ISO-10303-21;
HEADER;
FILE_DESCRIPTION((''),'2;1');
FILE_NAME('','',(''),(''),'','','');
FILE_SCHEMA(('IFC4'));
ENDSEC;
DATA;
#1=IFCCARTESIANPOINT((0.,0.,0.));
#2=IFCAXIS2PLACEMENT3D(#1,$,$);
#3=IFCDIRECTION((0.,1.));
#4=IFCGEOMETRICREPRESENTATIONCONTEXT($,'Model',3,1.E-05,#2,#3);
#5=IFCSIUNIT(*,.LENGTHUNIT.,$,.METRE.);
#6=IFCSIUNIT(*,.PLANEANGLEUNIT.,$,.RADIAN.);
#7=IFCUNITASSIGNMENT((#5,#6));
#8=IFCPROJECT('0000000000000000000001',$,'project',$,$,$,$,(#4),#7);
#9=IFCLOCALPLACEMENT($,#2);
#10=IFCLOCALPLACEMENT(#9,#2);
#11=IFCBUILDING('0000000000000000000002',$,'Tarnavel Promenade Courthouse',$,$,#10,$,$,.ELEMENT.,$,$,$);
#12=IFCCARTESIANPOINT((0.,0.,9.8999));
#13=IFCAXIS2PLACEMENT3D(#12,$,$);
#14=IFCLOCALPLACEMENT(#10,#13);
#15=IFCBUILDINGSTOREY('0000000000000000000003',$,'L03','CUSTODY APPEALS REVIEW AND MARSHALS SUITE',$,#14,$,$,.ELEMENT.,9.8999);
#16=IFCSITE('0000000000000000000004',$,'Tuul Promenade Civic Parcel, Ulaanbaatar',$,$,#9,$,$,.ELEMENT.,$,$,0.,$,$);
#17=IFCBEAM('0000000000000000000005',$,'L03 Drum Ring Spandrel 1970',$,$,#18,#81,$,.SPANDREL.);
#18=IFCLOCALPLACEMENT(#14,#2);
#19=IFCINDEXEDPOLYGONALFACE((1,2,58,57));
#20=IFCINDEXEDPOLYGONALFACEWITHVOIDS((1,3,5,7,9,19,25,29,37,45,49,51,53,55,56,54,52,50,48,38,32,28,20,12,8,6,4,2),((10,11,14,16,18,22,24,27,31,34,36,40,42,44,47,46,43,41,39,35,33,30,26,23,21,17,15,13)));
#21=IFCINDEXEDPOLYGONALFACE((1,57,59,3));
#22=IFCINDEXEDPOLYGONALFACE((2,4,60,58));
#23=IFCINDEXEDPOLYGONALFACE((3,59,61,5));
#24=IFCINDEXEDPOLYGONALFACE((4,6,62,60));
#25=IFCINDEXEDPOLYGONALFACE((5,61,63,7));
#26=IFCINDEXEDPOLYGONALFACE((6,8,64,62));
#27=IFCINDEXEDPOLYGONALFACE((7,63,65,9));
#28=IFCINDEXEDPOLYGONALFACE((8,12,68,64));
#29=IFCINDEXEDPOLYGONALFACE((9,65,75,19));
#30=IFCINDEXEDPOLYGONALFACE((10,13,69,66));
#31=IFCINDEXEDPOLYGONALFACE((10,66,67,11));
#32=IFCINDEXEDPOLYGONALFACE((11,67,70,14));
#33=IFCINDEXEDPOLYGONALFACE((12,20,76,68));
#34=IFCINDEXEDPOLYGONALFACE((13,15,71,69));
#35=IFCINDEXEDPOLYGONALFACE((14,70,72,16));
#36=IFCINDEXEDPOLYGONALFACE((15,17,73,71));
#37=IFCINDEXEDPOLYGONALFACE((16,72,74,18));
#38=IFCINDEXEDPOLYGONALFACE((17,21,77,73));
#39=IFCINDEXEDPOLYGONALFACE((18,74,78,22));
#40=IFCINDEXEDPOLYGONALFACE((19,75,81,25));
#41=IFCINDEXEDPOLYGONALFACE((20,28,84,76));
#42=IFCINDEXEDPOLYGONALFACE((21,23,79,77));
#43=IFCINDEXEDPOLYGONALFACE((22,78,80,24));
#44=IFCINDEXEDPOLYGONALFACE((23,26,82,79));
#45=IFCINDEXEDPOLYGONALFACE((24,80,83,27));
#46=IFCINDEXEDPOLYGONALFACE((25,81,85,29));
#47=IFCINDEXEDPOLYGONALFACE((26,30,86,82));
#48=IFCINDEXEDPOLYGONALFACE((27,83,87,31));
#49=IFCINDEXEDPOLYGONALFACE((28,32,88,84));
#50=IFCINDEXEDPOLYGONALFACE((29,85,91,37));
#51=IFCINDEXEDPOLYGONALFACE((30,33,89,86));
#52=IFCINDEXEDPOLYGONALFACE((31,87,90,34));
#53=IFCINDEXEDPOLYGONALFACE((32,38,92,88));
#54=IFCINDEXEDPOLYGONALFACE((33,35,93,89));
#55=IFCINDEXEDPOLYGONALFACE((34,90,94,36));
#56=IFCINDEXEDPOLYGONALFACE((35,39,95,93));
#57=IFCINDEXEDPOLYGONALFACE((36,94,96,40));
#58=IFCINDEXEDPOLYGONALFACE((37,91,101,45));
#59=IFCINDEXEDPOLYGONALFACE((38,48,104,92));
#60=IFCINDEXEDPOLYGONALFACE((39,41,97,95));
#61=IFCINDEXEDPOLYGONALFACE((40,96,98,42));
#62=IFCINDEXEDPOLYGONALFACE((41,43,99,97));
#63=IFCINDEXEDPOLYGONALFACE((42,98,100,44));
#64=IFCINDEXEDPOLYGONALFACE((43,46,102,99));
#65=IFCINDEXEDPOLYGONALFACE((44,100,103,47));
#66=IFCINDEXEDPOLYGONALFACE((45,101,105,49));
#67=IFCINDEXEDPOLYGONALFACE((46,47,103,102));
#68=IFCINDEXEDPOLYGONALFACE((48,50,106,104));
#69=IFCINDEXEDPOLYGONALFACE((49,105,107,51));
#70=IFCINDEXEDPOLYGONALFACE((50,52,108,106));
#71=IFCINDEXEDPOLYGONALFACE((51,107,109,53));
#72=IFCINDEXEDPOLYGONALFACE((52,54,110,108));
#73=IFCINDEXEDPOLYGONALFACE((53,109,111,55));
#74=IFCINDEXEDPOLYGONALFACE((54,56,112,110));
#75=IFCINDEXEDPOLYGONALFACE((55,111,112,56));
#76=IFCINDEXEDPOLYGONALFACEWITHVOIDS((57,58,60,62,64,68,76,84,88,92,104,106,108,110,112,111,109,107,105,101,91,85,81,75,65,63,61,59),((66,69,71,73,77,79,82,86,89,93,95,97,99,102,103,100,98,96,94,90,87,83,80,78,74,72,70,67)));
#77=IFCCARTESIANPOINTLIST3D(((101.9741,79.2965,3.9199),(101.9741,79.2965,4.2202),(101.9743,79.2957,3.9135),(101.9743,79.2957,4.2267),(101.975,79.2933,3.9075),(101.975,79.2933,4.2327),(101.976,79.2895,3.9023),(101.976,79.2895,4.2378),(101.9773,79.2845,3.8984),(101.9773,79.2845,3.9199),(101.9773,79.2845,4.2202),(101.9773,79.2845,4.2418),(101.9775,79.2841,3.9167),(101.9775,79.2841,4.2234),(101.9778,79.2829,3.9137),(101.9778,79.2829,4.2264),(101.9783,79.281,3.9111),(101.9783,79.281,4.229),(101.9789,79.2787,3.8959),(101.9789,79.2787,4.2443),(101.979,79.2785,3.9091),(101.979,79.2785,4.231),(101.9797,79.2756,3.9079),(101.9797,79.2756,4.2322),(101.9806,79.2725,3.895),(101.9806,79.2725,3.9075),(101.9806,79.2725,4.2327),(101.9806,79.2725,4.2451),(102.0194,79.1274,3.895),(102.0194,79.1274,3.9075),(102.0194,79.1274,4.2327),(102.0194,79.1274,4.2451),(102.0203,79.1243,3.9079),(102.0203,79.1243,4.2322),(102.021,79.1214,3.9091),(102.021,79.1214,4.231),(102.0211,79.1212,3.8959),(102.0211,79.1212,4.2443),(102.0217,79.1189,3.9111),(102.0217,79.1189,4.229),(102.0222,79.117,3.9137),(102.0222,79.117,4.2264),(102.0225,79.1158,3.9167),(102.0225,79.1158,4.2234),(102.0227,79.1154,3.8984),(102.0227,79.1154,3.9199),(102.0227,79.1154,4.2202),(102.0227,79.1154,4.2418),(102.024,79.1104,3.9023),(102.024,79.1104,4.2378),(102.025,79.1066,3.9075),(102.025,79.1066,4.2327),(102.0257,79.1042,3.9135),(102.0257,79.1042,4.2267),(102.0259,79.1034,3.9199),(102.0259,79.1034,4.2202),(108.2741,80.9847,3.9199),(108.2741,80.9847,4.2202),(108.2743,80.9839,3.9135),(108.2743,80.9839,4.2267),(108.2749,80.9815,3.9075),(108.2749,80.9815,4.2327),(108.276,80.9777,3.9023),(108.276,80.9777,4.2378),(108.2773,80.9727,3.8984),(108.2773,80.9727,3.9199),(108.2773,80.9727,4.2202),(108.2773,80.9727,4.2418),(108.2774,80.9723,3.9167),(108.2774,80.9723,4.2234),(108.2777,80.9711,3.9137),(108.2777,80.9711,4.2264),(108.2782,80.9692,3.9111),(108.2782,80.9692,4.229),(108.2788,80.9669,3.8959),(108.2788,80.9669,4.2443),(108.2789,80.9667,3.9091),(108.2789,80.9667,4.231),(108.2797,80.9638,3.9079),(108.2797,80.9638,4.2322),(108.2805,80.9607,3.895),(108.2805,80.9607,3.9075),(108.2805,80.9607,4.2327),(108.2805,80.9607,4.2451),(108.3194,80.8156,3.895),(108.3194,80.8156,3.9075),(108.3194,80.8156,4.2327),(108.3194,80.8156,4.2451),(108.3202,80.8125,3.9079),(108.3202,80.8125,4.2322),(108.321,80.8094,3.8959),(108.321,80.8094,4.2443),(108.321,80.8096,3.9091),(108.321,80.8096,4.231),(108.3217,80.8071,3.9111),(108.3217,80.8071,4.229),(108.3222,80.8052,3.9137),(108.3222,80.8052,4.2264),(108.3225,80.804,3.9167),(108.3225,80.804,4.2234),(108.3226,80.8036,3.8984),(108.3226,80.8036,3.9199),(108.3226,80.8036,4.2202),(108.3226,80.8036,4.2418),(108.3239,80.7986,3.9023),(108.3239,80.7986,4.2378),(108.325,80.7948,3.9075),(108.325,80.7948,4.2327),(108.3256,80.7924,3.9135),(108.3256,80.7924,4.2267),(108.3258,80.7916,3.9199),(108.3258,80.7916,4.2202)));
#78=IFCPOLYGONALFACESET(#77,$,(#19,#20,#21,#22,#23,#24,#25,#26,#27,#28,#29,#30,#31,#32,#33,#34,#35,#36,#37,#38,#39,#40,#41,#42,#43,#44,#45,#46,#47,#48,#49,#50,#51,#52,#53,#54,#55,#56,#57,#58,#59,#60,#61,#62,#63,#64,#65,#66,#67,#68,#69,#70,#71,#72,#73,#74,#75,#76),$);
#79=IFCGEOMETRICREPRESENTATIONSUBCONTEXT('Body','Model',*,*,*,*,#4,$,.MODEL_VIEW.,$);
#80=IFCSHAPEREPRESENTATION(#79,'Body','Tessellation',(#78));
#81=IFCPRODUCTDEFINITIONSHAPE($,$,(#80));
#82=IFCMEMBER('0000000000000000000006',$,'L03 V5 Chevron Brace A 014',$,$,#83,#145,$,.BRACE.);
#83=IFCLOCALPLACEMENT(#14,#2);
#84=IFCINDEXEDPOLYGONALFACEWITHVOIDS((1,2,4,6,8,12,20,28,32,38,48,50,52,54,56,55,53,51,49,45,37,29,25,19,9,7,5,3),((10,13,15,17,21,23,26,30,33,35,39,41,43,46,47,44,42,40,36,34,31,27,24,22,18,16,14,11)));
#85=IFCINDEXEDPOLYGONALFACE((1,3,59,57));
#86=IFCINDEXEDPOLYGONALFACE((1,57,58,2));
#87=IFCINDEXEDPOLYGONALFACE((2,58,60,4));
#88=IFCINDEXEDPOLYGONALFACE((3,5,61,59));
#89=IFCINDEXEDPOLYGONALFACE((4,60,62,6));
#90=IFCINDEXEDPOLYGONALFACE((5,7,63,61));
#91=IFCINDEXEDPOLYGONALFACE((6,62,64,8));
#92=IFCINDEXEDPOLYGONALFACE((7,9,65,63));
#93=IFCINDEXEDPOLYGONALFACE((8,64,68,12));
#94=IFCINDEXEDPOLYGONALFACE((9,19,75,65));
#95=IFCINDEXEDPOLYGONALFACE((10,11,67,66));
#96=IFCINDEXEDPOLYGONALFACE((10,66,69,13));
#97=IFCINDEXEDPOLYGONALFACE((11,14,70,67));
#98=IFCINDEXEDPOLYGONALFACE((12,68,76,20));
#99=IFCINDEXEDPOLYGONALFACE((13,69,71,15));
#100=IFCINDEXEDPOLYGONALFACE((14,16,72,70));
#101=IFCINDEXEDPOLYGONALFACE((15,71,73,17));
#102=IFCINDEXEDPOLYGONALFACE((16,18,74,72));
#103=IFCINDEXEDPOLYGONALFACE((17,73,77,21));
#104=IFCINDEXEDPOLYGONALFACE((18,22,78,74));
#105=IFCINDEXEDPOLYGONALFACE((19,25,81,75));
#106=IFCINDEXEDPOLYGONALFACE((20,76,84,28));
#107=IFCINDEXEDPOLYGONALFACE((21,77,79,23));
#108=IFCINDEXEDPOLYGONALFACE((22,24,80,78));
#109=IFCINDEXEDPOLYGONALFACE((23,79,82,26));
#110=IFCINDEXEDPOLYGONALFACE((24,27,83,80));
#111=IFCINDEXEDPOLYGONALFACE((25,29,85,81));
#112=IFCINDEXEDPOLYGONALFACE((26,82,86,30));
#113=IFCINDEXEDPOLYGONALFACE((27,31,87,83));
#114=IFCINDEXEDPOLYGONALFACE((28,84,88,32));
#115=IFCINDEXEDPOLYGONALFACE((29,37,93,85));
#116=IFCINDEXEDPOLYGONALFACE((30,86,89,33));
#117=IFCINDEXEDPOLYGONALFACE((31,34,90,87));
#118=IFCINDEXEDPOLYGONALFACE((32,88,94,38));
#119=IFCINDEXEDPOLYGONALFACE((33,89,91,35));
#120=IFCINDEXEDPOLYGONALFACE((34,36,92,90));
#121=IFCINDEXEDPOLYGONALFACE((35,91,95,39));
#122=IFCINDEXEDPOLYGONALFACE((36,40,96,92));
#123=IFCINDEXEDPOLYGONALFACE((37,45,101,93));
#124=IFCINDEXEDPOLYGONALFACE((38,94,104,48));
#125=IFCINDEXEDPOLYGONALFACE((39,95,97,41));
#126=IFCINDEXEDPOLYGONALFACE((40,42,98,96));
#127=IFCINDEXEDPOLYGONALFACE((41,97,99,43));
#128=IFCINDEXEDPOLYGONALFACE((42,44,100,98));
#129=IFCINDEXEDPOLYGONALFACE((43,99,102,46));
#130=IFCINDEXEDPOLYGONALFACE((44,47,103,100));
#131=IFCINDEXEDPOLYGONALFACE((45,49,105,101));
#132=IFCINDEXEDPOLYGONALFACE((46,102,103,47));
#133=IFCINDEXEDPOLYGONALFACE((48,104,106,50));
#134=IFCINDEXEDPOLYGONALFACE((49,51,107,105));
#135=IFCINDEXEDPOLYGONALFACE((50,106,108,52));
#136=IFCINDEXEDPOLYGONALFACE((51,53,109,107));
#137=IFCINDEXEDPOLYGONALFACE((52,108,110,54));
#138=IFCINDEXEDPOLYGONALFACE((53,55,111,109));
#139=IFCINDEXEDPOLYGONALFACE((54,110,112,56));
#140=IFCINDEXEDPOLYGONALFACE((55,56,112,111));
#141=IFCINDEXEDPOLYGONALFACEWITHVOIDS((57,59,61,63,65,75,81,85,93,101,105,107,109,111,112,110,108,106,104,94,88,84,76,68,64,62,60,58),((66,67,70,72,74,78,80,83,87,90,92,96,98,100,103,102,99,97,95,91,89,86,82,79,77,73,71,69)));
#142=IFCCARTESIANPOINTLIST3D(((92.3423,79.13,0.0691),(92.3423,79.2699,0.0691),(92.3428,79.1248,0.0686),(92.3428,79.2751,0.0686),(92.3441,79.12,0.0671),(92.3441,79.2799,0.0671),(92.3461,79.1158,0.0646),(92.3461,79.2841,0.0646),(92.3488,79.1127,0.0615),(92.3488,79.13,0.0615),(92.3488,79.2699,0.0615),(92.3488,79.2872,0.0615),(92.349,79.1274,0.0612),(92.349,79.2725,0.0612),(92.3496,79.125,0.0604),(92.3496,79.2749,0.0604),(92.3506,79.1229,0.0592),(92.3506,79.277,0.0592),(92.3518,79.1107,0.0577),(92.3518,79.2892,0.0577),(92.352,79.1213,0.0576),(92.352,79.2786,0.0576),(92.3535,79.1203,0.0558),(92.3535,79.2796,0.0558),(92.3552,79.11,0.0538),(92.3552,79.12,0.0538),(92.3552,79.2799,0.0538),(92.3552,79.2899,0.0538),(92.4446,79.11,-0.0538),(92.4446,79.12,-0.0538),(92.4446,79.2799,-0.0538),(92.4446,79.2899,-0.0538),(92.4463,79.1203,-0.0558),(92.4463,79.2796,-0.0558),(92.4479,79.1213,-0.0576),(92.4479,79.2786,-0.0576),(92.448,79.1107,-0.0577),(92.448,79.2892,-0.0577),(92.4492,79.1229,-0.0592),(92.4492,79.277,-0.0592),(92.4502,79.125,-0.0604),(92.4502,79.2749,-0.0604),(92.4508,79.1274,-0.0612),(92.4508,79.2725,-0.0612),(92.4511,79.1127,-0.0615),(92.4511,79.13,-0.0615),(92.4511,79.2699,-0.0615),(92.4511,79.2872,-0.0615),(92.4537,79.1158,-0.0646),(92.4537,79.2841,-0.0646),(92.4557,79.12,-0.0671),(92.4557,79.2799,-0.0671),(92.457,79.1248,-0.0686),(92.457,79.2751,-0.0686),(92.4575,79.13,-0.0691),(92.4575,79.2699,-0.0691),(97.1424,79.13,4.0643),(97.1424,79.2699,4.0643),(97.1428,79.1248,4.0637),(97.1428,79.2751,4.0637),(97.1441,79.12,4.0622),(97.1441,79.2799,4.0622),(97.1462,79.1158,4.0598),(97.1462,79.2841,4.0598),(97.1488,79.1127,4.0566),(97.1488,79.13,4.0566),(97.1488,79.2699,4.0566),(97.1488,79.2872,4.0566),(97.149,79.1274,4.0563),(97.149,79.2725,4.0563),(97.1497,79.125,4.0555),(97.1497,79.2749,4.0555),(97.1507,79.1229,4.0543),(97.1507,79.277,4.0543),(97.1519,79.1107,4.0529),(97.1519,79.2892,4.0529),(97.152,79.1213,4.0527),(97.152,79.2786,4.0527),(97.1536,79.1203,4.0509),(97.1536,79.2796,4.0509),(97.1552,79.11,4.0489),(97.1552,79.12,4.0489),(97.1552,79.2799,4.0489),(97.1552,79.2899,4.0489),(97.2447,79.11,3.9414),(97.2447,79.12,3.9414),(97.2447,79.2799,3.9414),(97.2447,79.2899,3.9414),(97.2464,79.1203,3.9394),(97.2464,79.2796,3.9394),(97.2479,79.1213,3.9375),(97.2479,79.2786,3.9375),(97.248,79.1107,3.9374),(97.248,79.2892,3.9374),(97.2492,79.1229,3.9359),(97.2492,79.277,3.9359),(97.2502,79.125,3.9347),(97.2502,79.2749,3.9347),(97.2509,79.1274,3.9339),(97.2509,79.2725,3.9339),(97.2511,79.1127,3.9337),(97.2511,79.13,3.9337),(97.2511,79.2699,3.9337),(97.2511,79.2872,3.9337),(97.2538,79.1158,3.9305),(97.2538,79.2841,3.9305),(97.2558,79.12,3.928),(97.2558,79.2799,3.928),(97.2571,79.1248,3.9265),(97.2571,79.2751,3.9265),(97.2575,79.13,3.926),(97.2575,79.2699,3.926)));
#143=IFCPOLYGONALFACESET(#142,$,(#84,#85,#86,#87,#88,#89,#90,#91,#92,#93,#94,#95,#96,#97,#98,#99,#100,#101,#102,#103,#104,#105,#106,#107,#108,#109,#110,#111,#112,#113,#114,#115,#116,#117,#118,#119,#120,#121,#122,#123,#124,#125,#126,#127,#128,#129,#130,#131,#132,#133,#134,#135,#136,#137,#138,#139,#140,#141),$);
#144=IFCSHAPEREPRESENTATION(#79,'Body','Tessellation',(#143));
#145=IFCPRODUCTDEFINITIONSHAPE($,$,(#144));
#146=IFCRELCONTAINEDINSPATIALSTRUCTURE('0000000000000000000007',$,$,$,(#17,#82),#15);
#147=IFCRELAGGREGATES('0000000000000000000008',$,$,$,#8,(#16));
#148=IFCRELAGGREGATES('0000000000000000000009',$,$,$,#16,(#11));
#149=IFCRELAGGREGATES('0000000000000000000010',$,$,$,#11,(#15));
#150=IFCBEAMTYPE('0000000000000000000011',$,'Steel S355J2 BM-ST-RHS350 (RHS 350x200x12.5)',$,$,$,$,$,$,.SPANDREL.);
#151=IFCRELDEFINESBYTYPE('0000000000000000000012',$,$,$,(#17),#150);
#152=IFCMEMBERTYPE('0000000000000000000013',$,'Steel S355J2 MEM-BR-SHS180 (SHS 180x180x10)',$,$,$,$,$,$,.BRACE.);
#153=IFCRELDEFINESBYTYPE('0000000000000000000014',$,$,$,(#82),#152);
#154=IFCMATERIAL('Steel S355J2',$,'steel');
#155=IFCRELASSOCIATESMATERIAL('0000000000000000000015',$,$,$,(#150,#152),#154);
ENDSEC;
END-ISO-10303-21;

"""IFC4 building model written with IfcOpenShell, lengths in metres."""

from ifc_helpers import new_model, si_unit, direction, frame, origin, origin_2d, place, context, subcontext, project, spatial, hollow_rectangle, extrude, material, material_profile, profile_set, type_object, element, save


model = new_model("IFC4")

# Units and contexts
model_context = context("Model", 3, precision=1e-05, world=origin(), true_north=direction((0.0, 1.0)))
body_context = subcontext(model_context, "Body", "Model", "MODEL_VIEW")
ifc_project = project(units=[si_unit("LENGTHUNIT", "METRE"), si_unit("PLANEANGLEUNIT", "RADIAN")], contexts=[model_context])

# Site, building, storey
site_placement = place(None, origin())
site = spatial("IfcSite", under=ifc_project, at=site_placement, Name="Tuul Promenade Civic Parcel, Ulaanbaatar", CompositionType="ELEMENT", RefElevation=0.0)
building_placement = place(site_placement, origin())
building = spatial("IfcBuilding", under=site, at=building_placement, Name="Tarnavel Promenade Courthouse", CompositionType="ELEMENT")
storey_placement = place(building_placement, frame((0.0, 0.0, 9.8999)))
storey = spatial("IfcBuildingStorey", under=building, at=storey_placement, Name="L03", Description="CUSTODY APPEALS REVIEW AND MARSHALS SUITE", CompositionType="ELEMENT", Elevation=9.8999)

# Beam
ifc_material_1 = material(Name="Steel S355J2", Category="steel")
ifc_material_profile_1 = material_profile(ifc_material_1, hollow_rectangle(XDim=0.2, YDim=0.3501, WallThickness=0.0125, InnerFilletRadius=0.0125, OuterFilletRadius=0.0249, at=origin_2d()), Name="RHS 350x200x12.5")
ifc_profile_set_1 = profile_set([ifc_material_profile_1], Name="Steel S355J2")
beam_type_1 = type_object("IfcBeamType", Name="Steel S355J2 BM-ST-RHS350 (RHS 350x200x12.5)", PredefinedType="SPANDREL", material=ifc_profile_set_1)
beam_1_placement = place(storey_placement, frame((102.0, 79.2, 4.0701), z_axis=(0.96592, 0.258839, 0.0), x_axis=(-0.258839, 0.96592, 0.0)))
element("IfcBeam", 1, at=beam_1_placement, inside=storey, type_object=beam_type_1, Name="L03 Drum Ring Spandrel 1970", PredefinedType="SPANDREL", context=body_context, shape_type="SweptSolid", body=[
    extrude(hollow_rectangle(XDim=0.2, YDim=0.3501, WallThickness=0.0125, InnerFilletRadius=0.0125, OuterFilletRadius=0.0249, at=origin_2d()), origin(), (0.0, 0.0, 1.0), 6.5222),
])

# Member
ifc_material_profile_2 = material_profile(ifc_material_1, hollow_rectangle(XDim=0.1799, YDim=0.1799, WallThickness=0.01, InnerFilletRadius=0.01, OuterFilletRadius=0.02, at=origin_2d()), Name="SHS 180x180x10")
ifc_profile_set_2 = profile_set([ifc_material_profile_2], Name="Steel S355J2")
member_type = type_object("IfcMemberType", Name="Steel S355J2 MEM-BR-SHS180 (SHS 180x180x10)", PredefinedType="BRACE", material=ifc_profile_set_2)
for number, where, z_axis, x_axis, name in (
    (2, (92.3999, 79.2, 0.0), (0.768609, 0.0, 0.639719), (0.0, 1.0, 0.0), "L03 V5 Chevron Brace A 014"),
):
    element("IfcMember", number, at=place(storey_placement, frame(where, z_axis=z_axis, x_axis=x_axis)), inside=storey, type_object=member_type, Name=name, PredefinedType="BRACE", context=body_context, shape_type="SweptSolid", body=[
        extrude(hollow_rectangle(XDim=0.1799, YDim=0.1799, WallThickness=0.01, InnerFilletRadius=0.01, OuterFilletRadius=0.02, at=origin_2d()), origin(), (0.0, 0.0, 1.0), 6.2451),
    ])

save(model, "model.ifc")
